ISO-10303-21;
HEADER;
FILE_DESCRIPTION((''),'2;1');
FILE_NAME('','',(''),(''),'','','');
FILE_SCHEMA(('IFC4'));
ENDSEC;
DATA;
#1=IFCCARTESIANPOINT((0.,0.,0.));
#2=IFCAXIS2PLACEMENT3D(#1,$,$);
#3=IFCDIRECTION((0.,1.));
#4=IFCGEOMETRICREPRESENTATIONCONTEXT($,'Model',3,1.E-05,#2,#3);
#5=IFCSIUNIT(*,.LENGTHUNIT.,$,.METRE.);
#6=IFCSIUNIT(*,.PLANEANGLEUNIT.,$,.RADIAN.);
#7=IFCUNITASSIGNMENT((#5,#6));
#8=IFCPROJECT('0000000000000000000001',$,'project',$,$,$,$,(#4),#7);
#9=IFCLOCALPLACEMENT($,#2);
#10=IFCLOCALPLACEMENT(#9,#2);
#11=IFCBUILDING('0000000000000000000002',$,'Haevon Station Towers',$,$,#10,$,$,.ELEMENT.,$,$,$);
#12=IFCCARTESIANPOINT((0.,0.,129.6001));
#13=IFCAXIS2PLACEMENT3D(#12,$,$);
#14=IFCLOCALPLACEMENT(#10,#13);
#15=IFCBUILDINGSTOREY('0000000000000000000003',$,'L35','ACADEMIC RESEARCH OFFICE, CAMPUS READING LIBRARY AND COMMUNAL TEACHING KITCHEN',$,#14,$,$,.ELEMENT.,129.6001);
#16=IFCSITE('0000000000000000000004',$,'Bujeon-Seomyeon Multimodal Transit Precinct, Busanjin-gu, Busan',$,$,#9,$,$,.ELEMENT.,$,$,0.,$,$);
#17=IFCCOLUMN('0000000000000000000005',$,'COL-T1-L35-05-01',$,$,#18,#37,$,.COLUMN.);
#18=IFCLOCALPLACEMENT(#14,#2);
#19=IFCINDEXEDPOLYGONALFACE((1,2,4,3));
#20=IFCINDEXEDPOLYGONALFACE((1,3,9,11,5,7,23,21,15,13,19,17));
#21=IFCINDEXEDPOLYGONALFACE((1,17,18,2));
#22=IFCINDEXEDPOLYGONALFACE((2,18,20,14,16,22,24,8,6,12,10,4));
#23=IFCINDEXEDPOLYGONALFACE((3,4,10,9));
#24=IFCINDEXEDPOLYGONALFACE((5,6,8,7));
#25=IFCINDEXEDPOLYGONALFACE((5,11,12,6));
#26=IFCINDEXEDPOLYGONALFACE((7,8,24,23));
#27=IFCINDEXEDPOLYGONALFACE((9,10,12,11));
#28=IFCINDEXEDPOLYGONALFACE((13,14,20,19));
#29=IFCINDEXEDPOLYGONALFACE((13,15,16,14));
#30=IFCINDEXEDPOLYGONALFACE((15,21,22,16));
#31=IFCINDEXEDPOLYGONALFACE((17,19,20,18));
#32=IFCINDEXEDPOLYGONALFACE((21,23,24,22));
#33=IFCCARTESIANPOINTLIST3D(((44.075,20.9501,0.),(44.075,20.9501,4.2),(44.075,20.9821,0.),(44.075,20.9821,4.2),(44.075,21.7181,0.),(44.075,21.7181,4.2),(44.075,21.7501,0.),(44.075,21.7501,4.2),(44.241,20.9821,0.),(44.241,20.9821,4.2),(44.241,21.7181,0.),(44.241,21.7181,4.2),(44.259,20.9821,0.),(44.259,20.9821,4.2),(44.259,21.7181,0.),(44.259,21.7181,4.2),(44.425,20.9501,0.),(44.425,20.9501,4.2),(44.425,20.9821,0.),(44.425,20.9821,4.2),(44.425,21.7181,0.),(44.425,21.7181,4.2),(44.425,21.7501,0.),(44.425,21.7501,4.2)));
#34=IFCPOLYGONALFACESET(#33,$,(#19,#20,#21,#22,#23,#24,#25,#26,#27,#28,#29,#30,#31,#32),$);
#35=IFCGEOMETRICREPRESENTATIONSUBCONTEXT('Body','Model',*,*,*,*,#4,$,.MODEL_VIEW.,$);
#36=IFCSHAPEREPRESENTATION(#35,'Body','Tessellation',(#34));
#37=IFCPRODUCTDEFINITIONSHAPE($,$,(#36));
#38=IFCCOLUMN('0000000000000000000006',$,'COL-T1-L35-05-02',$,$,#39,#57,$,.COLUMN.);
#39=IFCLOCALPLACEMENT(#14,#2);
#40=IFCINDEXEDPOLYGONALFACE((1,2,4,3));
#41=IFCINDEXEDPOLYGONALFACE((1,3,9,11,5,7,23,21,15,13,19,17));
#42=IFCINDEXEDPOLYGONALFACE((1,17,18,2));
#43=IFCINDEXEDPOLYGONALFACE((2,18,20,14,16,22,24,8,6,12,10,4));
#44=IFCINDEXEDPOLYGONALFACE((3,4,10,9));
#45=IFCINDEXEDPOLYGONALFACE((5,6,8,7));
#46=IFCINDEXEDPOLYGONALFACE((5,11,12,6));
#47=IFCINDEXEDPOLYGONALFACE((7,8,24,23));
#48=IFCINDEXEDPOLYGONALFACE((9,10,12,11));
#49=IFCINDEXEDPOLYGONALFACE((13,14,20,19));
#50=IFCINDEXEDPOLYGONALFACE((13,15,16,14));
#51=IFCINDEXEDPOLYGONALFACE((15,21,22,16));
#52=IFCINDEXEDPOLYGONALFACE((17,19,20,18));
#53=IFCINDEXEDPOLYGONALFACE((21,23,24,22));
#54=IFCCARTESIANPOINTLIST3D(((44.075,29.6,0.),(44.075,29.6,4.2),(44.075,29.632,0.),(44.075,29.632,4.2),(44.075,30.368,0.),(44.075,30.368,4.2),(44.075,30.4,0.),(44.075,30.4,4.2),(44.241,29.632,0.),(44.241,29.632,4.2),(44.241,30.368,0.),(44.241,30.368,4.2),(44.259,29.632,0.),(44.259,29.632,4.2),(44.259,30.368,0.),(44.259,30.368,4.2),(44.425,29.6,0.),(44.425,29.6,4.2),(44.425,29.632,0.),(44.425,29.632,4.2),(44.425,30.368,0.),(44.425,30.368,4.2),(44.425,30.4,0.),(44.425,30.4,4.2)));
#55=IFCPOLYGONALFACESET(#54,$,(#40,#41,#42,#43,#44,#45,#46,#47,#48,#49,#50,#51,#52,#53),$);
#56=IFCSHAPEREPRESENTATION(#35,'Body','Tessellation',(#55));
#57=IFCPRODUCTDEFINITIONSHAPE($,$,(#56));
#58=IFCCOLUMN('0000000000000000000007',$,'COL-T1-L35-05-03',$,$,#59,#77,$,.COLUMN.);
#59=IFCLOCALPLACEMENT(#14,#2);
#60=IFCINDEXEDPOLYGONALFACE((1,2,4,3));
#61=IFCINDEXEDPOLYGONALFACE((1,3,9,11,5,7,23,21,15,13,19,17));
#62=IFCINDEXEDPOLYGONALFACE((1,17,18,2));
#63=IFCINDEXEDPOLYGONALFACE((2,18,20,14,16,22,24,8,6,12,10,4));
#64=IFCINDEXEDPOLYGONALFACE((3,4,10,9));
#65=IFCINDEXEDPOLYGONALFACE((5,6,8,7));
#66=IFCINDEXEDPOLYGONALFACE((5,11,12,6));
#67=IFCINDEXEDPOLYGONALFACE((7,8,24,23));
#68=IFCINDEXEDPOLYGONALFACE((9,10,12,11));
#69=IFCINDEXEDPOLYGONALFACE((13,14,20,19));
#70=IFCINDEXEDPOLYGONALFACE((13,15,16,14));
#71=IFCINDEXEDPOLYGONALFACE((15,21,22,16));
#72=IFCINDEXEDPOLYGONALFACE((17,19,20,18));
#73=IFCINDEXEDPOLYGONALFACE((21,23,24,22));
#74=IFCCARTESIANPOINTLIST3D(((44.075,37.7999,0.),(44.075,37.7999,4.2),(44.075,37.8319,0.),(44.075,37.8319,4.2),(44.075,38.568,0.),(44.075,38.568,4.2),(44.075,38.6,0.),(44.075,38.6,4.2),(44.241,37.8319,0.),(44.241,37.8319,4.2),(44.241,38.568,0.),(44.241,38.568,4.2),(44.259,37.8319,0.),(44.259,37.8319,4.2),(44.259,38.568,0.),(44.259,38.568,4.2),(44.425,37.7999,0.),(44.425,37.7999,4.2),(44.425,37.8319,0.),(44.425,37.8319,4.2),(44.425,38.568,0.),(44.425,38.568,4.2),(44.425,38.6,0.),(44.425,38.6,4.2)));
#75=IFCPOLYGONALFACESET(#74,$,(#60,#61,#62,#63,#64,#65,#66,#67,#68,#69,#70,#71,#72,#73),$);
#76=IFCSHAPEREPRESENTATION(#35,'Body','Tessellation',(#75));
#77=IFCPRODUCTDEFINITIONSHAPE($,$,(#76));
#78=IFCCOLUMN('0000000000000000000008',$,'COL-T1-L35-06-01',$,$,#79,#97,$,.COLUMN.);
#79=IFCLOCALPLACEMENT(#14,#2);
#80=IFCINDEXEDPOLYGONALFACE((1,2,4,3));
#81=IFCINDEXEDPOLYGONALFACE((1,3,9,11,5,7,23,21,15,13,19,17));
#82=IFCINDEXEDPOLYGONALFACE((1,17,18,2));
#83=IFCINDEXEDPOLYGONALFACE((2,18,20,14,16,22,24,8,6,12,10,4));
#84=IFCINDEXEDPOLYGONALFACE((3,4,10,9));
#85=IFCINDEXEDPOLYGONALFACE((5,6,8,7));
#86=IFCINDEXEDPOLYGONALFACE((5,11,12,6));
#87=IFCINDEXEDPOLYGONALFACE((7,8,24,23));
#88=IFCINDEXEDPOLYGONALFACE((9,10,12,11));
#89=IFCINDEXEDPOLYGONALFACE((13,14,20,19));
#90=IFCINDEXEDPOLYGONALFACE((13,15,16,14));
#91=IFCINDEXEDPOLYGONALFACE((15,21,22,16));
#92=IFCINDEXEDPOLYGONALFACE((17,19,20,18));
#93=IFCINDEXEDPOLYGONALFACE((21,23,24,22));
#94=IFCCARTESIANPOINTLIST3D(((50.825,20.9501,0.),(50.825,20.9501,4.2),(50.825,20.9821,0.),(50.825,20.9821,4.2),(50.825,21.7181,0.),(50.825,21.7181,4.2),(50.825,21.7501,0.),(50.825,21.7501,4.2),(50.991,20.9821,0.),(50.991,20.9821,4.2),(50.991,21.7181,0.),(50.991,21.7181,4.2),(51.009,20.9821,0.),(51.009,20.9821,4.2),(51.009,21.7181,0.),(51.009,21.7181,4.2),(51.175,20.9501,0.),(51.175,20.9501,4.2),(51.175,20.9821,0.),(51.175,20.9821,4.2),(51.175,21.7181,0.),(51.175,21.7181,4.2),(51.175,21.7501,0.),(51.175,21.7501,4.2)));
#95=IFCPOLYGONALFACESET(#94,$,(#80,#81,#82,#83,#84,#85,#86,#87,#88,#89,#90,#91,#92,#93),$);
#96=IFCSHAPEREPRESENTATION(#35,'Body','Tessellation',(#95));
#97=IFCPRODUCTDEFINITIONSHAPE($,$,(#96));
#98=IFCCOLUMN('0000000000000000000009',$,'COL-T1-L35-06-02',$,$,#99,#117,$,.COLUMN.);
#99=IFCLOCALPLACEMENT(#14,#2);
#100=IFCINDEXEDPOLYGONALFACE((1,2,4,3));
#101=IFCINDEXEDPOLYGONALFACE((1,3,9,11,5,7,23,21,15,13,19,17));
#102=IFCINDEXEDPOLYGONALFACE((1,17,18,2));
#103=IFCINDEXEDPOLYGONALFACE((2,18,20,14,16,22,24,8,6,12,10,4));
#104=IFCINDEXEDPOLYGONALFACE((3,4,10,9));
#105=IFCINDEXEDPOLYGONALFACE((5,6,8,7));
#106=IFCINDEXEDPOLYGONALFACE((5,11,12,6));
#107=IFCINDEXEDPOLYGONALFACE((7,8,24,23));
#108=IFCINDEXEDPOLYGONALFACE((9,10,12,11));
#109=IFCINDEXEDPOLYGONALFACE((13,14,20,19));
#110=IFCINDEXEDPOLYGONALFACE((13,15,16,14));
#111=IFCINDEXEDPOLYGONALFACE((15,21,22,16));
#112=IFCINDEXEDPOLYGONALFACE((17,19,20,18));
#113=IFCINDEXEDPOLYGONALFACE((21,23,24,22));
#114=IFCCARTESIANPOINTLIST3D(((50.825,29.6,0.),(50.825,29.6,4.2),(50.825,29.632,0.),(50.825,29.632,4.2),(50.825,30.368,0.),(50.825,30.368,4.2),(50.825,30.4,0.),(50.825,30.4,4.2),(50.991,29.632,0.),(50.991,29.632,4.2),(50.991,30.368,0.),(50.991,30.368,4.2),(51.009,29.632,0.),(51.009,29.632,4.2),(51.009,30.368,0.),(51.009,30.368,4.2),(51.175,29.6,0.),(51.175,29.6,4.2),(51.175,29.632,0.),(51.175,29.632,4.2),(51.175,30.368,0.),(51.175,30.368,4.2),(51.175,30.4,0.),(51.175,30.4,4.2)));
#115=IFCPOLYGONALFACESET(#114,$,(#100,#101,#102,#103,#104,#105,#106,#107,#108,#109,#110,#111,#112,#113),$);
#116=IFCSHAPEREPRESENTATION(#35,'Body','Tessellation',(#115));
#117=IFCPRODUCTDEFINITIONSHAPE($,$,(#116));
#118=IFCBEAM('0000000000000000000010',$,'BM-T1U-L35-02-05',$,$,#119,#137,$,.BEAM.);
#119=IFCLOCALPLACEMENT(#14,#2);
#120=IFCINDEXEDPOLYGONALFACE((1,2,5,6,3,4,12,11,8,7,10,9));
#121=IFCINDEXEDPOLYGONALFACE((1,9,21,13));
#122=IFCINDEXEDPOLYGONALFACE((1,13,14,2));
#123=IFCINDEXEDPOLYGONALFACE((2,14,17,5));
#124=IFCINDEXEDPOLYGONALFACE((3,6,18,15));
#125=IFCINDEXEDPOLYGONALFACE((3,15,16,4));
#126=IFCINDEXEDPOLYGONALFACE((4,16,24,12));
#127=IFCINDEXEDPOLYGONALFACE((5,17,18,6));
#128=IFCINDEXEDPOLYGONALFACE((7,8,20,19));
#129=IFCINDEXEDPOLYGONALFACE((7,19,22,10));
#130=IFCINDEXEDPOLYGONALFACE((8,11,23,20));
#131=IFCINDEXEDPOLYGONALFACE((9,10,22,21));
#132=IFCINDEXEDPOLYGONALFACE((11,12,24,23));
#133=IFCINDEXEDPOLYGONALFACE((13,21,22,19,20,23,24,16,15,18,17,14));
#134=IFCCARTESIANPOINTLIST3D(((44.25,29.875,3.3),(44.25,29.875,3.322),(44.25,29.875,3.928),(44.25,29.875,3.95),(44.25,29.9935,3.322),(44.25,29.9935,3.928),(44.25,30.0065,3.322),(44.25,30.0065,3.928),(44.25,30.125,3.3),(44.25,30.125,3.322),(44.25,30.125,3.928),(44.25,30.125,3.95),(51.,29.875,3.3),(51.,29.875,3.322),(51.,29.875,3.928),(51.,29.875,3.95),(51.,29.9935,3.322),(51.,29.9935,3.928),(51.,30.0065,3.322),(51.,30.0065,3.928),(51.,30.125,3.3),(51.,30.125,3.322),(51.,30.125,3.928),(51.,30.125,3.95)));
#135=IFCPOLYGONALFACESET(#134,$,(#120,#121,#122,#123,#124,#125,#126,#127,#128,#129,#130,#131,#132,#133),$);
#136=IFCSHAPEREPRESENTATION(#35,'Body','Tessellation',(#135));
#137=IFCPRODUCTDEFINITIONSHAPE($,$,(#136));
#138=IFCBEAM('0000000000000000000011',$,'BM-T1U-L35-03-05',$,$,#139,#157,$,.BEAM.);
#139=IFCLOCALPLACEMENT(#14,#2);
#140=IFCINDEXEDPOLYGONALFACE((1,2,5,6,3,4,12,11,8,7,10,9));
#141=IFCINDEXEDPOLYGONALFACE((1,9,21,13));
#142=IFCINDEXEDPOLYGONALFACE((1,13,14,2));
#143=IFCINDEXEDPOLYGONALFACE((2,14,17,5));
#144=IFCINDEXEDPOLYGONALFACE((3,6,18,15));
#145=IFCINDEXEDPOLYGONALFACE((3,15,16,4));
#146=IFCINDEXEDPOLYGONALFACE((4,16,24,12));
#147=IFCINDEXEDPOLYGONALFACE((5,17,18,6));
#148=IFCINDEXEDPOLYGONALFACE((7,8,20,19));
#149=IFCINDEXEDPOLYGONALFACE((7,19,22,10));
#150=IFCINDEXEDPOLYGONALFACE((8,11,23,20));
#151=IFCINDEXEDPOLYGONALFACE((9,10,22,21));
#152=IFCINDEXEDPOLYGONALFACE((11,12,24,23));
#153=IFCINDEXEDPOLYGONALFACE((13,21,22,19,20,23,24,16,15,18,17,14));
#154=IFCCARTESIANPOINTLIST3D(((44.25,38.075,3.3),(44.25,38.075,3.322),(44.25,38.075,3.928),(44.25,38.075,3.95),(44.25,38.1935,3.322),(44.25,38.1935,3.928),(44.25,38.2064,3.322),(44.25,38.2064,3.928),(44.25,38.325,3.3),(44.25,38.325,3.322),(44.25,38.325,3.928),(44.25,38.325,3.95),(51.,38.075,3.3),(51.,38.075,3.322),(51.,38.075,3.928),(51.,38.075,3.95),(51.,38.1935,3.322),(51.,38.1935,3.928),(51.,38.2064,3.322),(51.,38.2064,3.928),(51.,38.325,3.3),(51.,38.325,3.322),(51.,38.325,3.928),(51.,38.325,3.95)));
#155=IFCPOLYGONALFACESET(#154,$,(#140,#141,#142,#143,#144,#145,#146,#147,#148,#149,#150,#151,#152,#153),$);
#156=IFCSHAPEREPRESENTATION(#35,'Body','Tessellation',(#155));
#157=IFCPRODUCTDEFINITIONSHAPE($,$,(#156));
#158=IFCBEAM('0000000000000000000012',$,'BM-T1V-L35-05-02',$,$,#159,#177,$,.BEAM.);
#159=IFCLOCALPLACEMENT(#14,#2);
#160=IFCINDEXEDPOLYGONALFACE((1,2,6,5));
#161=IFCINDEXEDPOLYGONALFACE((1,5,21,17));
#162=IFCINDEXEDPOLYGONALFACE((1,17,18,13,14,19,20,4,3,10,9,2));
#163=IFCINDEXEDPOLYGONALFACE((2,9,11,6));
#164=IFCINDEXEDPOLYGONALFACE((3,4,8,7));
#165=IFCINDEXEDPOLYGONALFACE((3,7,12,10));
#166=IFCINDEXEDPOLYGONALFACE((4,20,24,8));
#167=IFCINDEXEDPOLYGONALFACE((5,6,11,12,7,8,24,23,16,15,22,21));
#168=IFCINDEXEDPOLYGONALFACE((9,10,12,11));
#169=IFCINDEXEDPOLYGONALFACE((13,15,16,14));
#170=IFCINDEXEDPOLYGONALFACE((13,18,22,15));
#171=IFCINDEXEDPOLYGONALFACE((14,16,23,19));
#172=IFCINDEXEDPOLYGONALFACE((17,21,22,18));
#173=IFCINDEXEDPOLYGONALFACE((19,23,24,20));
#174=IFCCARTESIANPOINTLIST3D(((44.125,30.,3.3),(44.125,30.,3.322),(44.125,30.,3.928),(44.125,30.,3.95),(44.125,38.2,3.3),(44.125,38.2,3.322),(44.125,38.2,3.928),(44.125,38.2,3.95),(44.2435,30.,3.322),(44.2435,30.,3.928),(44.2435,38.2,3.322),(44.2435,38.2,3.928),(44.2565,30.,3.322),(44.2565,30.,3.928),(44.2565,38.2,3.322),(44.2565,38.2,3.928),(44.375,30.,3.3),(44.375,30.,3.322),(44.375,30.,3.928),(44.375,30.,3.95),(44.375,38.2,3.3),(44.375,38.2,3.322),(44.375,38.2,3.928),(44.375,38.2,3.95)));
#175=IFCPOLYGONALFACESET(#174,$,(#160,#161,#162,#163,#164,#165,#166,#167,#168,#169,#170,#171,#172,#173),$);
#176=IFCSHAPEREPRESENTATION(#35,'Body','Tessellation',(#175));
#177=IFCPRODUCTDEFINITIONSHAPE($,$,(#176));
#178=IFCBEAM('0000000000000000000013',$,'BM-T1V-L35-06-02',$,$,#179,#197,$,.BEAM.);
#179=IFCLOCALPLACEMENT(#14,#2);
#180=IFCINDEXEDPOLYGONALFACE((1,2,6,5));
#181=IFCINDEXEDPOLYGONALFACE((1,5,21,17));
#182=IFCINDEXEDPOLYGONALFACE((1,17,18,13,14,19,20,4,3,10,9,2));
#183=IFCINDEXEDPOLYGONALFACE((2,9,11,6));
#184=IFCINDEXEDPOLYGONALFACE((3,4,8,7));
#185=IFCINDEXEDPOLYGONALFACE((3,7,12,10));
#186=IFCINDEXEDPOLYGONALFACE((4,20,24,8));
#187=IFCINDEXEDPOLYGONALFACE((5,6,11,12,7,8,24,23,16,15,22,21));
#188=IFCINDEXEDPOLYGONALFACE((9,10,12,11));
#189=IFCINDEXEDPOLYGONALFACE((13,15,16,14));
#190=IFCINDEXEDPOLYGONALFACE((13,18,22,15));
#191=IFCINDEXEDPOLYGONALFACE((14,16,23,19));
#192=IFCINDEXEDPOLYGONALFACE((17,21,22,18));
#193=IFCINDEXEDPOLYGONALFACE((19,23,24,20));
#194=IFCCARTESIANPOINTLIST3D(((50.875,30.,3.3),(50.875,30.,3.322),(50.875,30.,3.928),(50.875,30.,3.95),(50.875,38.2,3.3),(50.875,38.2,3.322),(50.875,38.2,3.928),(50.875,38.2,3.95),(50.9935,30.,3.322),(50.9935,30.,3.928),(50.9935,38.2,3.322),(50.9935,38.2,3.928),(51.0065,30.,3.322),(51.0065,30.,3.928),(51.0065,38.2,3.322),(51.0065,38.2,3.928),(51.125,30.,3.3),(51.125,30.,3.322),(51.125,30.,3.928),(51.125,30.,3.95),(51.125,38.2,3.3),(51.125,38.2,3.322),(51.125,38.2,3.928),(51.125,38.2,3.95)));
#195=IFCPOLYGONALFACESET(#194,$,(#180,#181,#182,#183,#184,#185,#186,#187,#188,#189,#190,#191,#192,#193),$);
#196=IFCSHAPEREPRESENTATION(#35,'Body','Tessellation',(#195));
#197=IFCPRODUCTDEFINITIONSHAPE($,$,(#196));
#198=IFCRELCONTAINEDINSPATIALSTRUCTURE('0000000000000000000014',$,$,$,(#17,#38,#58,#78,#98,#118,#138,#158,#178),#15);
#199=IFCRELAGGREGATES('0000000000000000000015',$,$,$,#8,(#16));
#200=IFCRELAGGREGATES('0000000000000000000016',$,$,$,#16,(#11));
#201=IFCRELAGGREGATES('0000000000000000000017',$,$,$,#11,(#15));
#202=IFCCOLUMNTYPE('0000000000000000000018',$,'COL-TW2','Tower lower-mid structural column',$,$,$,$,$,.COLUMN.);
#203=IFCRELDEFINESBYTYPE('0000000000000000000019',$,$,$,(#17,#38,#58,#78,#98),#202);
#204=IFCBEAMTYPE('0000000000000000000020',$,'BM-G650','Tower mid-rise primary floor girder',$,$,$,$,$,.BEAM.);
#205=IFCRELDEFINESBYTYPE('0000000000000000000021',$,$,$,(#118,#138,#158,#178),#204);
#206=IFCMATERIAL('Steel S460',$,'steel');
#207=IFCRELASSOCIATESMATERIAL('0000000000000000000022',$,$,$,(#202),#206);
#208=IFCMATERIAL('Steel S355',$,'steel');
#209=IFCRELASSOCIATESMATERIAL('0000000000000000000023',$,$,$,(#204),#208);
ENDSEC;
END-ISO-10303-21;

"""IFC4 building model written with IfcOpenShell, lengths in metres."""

from ifc_helpers import new_model, si_unit, direction, frame, origin, origin_2d, place, context, subcontext, project, spatial, i_section, extrude, material, material_profile, profile_set, type_object, element, save


model = new_model("IFC4")

# Units and contexts
model_context = context("Model", 3, precision=1e-05, world=origin(), true_north=direction((0.0, 1.0)))
body_context = subcontext(model_context, "Body", "Model", "MODEL_VIEW")
ifc_project = project(units=[si_unit("LENGTHUNIT", "METRE"), si_unit("PLANEANGLEUNIT", "RADIAN")], contexts=[model_context])

# Site, building, storey
site_placement = place(None, origin())
site = spatial("IfcSite", under=ifc_project, at=site_placement, Name="Bujeon-Seomyeon Multimodal Transit Precinct, Busanjin-gu, Busan", CompositionType="ELEMENT", RefElevation=0.0)
building_placement = place(site_placement, origin())
building = spatial("IfcBuilding", under=site, at=building_placement, Name="Haevon Station Towers", CompositionType="ELEMENT")
storey_placement = place(building_placement, frame((0.0, 0.0, 129.6001)))
storey = spatial("IfcBuildingStorey", under=building, at=storey_placement, Name="L35", Description="ACADEMIC RESEARCH OFFICE, CAMPUS READING LIBRARY AND COMMUNAL TEACHING KITCHEN", CompositionType="ELEMENT", Elevation=129.6001)

# Columns
ifc_material_1 = material(Name="Steel S460", Category="steel")
ifc_material_profile_1 = material_profile(ifc_material_1, i_section(OverallWidth=0.3501, OverallDepth=0.8, WebThickness=0.0181, FlangeThickness=0.032, at=origin_2d()), Name="H-800x350x18x32")
ifc_profile_set_1 = profile_set([ifc_material_profile_1], Name="Steel S460")
column_type = type_object("IfcColumnType", Name="COL-TW2", Description="Tower lower-mid structural column", PredefinedType="COLUMN", material=ifc_profile_set_1)
for number, where, z_axis, x_axis, name in (
    (1, (44.25, 21.3501, 0.0), (0.0, 0.0, 1.0), (1.0, 0.0, 0.0), "COL-T1-L35-05-01"),
    (2, (44.25, 30.0, 0.0), (0.0, 0.0, 1.0), (1.0, 0.0, 0.0), "COL-T1-L35-05-02"),
    (3, (44.25, 38.2, 0.0), (0.0, 0.0, 1.0), (1.0, 0.0, 0.0), "COL-T1-L35-05-03"),
    (4, (51.0, 21.3501, 0.0), (0.0, 0.0, 1.0), (1.0, 0.0, 0.0), "COL-T1-L35-06-01"),
    (5, (51.0, 30.0, 0.0), (0.0, 0.0, 1.0), (1.0, 0.0, 0.0), "COL-T1-L35-06-02"),
):
    element("IfcColumn", number, at=place(storey_placement, frame(where, z_axis=z_axis, x_axis=x_axis)), inside=storey, type_object=column_type, Name=name, PredefinedType="COLUMN", context=body_context, shape_type="SweptSolid", body=[
        extrude(i_section(OverallWidth=0.3501, OverallDepth=0.8, WebThickness=0.0181, FlangeThickness=0.032, at=origin_2d()), origin(), (0.0, 0.0, 1.0), 4.2),
    ])

# Beams
ifc_material_2 = material(Name="Steel S355", Category="steel")
ifc_material_profile_2 = material_profile(ifc_material_2, i_section(OverallWidth=0.25, OverallDepth=0.6499, WebThickness=0.0129, FlangeThickness=0.022, at=origin_2d()), Name="H-650x250x13x22")
ifc_profile_set_2 = profile_set([ifc_material_profile_2], Name="Steel S355")
beam_type_1 = type_object("IfcBeamType", Name="BM-G650", Description="Tower mid-rise primary floor girder", PredefinedType="BEAM", material=ifc_profile_set_2)
for number, where, z_axis, x_axis, name in (
    (6, (44.25, 30.0, 3.625), (1.0, 0.0, 0.0), (0.0, 1.0, 0.0), "BM-T1U-L35-02-05"),
    (7, (44.25, 38.2, 3.625), (1.0, 0.0, 0.0), (0.0, 1.0, 0.0), "BM-T1U-L35-03-05"),
):
    element("IfcBeam", number, at=place(storey_placement, frame(where, z_axis=z_axis, x_axis=x_axis)), inside=storey, type_object=beam_type_1, Name=name, PredefinedType="BEAM", context=body_context, shape_type="SweptSolid", body=[
        extrude(i_section(OverallWidth=0.25, OverallDepth=0.6499, WebThickness=0.0129, FlangeThickness=0.022, at=origin_2d()), origin(), (0.0, 0.0, 1.0), 6.75),
    ])
for number, where, z_axis, x_axis, name in (
    (8, (44.25, 30.0, 3.625), (0.0, 1.0, 0.0), (-1.0, 0.0, 0.0), "BM-T1V-L35-05-02"),
    (9, (51.0, 30.0, 3.625), (0.0, 1.0, 0.0), (-1.0, 0.0, 0.0), "BM-T1V-L35-06-02"),
):
    element("IfcBeam", number, at=place(storey_placement, frame(where, z_axis=z_axis, x_axis=x_axis)), inside=storey, type_object=beam_type_1, Name=name, PredefinedType="BEAM", context=body_context, shape_type="SweptSolid", body=[
        extrude(i_section(OverallWidth=0.25, OverallDepth=0.6499, WebThickness=0.0129, FlangeThickness=0.022, at=origin_2d()), origin(), (0.0, 0.0, 1.0), 8.2),
    ])

save(model, "model.ifc")
